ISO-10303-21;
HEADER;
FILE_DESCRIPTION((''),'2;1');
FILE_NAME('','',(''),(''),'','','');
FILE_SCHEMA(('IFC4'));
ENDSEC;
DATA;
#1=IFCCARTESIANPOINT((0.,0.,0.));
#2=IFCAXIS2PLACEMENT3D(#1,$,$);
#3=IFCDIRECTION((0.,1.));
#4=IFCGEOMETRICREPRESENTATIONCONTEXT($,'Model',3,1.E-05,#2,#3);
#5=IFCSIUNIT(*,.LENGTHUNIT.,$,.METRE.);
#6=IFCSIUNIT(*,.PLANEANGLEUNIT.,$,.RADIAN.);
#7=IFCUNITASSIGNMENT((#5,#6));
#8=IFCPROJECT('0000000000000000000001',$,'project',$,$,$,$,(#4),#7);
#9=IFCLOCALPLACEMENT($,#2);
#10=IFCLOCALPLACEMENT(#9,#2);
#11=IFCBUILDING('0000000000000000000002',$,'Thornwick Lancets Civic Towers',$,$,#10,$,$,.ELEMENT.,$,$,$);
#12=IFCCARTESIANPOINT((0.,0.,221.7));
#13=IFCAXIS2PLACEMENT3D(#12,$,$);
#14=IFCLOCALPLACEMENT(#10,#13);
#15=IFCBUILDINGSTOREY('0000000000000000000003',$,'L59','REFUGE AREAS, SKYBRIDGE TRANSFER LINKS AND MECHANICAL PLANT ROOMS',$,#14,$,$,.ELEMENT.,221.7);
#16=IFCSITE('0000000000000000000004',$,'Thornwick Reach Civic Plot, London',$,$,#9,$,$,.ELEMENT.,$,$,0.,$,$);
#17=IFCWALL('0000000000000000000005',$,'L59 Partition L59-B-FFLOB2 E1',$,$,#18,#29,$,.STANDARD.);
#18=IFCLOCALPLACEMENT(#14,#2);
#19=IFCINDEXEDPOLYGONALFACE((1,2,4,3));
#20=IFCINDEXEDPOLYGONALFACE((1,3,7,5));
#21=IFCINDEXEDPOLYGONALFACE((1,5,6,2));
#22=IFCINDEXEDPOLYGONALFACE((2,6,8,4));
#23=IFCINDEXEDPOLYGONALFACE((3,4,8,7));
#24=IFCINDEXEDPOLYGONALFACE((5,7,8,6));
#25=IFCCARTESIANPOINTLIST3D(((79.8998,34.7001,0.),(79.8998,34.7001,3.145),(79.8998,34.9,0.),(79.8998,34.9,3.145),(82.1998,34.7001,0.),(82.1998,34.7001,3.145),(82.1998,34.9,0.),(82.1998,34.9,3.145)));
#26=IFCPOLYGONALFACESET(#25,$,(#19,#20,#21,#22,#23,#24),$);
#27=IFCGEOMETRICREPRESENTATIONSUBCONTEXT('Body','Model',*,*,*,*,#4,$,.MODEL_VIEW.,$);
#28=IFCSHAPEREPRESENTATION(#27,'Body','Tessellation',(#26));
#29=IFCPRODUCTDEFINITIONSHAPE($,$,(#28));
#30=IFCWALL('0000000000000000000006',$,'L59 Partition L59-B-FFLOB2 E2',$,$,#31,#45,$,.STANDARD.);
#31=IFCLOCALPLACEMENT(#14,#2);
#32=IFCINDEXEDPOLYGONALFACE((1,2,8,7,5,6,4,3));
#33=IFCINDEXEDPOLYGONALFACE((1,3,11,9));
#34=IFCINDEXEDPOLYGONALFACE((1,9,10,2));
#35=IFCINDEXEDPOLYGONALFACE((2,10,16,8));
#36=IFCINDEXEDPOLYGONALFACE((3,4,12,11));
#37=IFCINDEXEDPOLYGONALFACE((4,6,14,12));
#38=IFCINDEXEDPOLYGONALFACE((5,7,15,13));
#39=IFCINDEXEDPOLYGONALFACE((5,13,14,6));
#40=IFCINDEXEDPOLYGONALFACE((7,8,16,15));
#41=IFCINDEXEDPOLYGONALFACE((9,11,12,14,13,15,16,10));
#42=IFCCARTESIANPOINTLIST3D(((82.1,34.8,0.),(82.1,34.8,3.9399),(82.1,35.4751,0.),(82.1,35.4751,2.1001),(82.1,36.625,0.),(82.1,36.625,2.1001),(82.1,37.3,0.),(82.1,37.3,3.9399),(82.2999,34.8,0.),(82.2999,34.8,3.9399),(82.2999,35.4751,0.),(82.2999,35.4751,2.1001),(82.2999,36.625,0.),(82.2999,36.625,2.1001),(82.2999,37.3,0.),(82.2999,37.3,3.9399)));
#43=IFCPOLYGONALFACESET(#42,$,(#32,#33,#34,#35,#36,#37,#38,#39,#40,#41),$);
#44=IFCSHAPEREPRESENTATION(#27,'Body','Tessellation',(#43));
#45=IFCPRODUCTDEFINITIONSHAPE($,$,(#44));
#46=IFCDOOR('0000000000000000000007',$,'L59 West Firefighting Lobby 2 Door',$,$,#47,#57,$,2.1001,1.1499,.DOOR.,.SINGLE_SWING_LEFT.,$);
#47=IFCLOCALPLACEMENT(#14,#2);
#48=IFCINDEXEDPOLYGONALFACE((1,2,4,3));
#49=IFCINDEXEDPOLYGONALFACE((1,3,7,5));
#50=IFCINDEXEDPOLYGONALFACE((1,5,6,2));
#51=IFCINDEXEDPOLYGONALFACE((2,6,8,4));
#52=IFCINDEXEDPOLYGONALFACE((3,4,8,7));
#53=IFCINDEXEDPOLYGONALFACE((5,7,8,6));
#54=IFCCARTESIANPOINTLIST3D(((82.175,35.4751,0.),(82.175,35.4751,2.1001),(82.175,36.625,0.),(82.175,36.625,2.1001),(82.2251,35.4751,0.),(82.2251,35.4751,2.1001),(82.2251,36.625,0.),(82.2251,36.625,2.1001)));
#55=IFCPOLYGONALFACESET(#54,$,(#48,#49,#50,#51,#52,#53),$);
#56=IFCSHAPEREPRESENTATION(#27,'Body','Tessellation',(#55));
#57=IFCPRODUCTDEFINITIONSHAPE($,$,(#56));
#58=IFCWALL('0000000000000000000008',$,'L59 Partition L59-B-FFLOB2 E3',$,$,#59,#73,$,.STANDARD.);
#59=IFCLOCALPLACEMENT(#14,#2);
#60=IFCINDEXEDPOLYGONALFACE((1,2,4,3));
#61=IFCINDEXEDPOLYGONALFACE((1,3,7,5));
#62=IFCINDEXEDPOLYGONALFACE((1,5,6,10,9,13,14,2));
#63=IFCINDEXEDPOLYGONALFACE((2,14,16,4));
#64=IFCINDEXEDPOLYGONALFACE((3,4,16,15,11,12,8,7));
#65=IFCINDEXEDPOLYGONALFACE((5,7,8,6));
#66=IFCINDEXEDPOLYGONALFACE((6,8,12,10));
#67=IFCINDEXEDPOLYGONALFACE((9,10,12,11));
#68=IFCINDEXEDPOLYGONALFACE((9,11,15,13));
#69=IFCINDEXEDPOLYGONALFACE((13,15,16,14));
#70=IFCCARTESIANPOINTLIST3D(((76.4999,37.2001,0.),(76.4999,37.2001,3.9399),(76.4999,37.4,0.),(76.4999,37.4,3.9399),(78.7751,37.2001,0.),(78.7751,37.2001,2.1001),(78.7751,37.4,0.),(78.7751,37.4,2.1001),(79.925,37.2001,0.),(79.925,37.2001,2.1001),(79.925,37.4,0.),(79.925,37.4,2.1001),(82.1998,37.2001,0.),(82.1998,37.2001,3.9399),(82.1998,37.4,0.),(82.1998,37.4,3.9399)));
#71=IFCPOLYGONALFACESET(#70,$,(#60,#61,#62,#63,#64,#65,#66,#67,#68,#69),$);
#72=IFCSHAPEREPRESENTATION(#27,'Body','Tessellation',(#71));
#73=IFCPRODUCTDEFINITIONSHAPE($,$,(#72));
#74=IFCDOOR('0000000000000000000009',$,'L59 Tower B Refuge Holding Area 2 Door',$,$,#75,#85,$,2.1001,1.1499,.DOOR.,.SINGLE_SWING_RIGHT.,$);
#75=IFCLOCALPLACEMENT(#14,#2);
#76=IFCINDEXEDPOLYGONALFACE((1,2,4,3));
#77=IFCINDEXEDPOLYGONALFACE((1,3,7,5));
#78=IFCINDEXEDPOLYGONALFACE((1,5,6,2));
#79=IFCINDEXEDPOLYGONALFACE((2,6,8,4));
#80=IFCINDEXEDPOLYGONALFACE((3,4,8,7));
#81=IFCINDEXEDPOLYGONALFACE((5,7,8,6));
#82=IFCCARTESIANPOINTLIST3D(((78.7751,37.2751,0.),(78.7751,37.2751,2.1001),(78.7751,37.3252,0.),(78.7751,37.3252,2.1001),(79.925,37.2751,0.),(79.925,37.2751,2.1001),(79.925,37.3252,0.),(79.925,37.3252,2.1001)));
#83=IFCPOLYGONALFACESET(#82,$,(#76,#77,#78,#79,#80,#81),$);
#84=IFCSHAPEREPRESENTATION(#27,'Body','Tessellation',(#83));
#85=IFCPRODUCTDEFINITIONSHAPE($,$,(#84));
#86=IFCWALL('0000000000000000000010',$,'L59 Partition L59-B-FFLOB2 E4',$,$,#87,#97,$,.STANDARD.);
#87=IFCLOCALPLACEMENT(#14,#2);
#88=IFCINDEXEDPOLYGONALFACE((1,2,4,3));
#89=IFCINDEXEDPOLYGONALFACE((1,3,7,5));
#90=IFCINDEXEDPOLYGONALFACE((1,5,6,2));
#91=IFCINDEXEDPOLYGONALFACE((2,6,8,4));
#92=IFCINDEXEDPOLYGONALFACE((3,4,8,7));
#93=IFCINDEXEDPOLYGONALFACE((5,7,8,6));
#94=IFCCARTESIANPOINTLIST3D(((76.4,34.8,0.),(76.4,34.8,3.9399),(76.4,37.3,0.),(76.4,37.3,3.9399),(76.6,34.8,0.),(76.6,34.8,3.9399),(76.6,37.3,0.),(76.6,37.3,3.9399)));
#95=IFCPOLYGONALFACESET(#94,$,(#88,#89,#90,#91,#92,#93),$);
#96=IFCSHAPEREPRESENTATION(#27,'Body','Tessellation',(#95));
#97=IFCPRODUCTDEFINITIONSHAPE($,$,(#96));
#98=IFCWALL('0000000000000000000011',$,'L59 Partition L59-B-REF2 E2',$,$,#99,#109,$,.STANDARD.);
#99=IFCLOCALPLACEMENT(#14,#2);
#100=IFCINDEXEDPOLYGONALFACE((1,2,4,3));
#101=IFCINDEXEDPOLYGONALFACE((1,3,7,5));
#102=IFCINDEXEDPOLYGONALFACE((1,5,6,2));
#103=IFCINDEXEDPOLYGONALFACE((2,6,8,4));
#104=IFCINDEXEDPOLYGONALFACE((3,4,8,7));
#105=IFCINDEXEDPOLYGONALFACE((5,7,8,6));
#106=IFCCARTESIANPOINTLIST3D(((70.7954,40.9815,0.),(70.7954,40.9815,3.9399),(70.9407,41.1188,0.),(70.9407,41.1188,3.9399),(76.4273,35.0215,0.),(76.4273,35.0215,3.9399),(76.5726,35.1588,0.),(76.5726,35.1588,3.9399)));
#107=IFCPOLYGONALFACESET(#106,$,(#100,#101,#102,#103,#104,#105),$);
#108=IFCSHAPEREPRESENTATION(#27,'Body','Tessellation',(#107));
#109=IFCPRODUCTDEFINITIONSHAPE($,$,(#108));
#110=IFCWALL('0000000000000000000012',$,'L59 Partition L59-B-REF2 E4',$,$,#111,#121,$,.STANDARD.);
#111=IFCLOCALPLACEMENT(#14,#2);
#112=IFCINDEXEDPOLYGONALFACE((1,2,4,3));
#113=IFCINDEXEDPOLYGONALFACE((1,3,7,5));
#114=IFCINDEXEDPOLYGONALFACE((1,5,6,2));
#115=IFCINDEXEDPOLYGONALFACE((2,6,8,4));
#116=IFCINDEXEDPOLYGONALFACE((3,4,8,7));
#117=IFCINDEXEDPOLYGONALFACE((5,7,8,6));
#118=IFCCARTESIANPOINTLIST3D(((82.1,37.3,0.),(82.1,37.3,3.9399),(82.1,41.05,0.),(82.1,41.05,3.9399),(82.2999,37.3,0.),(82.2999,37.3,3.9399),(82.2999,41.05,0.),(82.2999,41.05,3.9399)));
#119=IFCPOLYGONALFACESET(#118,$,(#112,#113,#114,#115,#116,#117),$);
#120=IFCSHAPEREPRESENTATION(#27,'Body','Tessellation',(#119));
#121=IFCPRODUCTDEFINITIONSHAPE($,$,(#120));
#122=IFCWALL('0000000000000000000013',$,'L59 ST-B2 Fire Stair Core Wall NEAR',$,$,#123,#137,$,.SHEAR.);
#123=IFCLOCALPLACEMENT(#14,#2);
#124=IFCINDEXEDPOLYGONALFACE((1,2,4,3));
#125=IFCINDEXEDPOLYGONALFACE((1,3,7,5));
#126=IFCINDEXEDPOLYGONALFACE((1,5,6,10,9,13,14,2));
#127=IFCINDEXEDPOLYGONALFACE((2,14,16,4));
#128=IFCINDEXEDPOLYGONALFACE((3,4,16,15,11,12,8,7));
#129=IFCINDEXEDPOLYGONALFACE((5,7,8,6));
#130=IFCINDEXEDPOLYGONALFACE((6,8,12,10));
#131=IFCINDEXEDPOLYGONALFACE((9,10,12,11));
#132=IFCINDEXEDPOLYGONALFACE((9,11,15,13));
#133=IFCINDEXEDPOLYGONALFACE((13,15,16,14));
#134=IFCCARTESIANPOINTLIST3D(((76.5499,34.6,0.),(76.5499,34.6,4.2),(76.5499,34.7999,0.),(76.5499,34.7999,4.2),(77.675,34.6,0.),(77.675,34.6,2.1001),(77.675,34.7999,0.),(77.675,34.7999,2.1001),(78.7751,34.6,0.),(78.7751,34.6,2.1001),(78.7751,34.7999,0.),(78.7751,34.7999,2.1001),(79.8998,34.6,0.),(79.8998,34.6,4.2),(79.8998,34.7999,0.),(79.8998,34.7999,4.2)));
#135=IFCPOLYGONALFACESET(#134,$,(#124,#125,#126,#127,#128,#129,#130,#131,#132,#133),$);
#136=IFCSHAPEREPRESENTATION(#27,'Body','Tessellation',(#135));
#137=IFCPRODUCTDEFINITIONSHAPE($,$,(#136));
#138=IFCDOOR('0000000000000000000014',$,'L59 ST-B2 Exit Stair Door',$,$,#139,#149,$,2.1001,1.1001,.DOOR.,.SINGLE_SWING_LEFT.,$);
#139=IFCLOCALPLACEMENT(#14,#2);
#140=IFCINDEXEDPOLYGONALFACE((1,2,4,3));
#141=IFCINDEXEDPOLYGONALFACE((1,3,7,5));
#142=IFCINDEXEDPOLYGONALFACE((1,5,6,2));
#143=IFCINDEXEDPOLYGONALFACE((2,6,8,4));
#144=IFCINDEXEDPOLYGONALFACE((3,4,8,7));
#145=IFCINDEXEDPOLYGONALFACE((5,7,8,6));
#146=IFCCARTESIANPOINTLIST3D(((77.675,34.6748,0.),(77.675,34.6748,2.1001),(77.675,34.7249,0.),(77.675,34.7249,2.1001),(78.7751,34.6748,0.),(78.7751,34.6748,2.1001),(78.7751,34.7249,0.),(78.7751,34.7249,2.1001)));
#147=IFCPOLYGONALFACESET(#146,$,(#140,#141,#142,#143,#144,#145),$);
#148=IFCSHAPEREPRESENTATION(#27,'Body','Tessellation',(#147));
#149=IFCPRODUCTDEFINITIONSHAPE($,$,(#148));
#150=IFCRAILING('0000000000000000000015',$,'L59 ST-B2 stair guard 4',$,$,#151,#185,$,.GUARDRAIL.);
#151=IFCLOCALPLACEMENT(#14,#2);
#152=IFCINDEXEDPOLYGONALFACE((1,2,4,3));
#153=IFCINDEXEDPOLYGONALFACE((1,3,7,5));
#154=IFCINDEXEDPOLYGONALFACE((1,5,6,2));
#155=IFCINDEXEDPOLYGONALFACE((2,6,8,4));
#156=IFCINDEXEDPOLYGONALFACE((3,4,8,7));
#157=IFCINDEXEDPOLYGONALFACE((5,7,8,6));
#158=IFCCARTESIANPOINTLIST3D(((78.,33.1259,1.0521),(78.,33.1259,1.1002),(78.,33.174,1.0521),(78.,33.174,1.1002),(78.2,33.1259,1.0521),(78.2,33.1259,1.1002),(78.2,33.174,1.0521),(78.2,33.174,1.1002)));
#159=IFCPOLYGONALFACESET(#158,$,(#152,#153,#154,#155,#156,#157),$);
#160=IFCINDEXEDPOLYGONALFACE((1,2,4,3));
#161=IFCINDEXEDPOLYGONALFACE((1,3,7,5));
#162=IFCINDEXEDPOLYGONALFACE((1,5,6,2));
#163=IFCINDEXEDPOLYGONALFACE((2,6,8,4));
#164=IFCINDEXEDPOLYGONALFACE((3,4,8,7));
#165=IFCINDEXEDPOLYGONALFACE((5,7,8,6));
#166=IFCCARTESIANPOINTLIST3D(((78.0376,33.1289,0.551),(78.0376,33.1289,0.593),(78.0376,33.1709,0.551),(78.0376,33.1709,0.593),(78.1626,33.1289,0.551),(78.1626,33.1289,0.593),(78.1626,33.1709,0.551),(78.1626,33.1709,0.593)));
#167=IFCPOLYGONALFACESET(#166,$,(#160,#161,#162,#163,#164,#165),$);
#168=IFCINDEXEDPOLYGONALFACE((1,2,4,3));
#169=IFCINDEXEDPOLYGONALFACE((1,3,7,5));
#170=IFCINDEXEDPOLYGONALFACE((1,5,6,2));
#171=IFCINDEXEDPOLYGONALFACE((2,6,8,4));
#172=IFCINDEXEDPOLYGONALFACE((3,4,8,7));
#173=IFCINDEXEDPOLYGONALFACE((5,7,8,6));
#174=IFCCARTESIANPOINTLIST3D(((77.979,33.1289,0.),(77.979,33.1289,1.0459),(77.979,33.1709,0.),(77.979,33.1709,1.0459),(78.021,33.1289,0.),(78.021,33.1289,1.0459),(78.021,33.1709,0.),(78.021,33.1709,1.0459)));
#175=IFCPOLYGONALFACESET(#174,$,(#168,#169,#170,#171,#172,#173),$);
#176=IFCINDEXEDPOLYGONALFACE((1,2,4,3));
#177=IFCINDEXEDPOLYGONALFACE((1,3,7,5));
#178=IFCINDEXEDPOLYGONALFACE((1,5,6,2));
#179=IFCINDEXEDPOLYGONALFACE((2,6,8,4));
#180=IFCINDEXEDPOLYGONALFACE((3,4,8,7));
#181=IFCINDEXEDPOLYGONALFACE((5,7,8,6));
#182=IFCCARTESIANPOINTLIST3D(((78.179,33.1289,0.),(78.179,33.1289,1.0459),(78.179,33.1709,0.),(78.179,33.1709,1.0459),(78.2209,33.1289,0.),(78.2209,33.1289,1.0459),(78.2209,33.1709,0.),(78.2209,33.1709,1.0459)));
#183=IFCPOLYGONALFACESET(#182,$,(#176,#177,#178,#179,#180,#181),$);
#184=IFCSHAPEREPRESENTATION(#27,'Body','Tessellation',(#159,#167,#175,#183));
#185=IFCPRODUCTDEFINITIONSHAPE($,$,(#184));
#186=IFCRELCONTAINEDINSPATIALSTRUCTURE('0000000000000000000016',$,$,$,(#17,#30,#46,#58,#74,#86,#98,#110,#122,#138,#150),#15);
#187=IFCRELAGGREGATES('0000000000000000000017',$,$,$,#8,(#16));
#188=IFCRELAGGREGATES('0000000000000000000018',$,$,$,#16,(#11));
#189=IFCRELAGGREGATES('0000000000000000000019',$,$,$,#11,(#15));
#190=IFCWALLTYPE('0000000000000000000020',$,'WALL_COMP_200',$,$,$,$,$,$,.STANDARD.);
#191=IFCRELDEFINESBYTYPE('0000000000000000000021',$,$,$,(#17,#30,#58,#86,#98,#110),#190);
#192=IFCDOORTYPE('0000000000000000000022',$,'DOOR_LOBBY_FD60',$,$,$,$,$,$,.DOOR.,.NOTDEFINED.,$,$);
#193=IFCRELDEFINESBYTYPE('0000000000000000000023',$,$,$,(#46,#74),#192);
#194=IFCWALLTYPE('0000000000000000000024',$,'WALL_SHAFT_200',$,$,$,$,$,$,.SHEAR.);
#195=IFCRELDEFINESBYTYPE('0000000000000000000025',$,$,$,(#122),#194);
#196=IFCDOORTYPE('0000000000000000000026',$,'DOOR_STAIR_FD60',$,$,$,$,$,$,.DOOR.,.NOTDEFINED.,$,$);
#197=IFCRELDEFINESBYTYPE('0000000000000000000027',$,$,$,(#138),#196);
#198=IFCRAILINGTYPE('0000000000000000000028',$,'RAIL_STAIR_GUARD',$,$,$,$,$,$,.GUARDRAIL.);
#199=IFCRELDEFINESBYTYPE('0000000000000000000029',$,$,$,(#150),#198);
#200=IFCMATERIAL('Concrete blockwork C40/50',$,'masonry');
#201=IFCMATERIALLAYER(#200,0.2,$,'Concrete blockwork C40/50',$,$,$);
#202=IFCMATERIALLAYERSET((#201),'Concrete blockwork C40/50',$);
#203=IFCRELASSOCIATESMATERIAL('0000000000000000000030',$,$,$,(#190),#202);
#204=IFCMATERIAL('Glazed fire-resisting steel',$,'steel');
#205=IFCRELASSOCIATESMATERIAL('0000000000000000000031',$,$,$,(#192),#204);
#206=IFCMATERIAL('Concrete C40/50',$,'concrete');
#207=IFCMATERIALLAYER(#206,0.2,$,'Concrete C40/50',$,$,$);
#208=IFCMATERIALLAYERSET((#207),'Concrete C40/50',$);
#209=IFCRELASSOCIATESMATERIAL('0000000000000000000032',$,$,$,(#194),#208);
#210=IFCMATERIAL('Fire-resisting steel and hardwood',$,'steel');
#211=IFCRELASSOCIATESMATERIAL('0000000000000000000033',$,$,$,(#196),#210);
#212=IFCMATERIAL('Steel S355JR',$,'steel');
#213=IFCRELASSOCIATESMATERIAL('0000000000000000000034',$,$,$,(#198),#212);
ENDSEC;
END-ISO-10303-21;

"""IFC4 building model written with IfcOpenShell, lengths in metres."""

from ifc_helpers import new_model, si_unit, direction, frame, frame_2d, origin, origin_2d, place, context, subcontext, project, spatial, rectangle, extrude, material, layer, layer_set, type_object, element, fill, save


model = new_model("IFC4")

# Units and contexts
model_context = context("Model", 3, precision=1e-05, world=origin(), true_north=direction((0.0, 1.0)))
body_context = subcontext(model_context, "Body", "Model", "MODEL_VIEW")
ifc_project = project(units=[si_unit("LENGTHUNIT", "METRE"), si_unit("PLANEANGLEUNIT", "RADIAN")], contexts=[model_context])

# Site, building, storey
site_placement = place(None, origin())
site = spatial("IfcSite", under=ifc_project, at=site_placement, Name="Thornwick Reach Civic Plot, London", CompositionType="ELEMENT", RefElevation=0.0)
building_placement = place(site_placement, origin())
building = spatial("IfcBuilding", under=site, at=building_placement, Name="Thornwick Lancets Civic Towers", CompositionType="ELEMENT")
storey_placement = place(building_placement, frame((0.0, 0.0, 221.7)))
storey = spatial("IfcBuildingStorey", under=building, at=storey_placement, Name="L59", Description="REFUGE AREAS, SKYBRIDGE TRANSFER LINKS AND MECHANICAL PLANT ROOMS", CompositionType="ELEMENT", Elevation=221.7)

# Shared definitions
ifc_material_1 = material(Name="Steel S355JR", Category="steel")

# Wall
ifc_material_2 = material(Name="Concrete blockwork C40/50", Category="masonry")
ifc_layer_1 = layer(ifc_material_2, 0.2, Name="Concrete blockwork C40/50")
ifc_layer_set_1 = layer_set([ifc_layer_1], Name="Concrete blockwork C40/50")
wall_type_1 = type_object("IfcWallType", Name="WALL_COMP_200", PredefinedType="STANDARD", material=ifc_layer_set_1)
wall_1_placement = place(storey_placement, frame((79.8999, 34.8, 0.0), z_axis=(0.0, 0.0, 1.0), x_axis=(1.0, 0.0, 0.0)))
element("IfcWall", 1, at=wall_1_placement, inside=storey, type_object=wall_type_1, Name="L59 Partition L59-B-FFLOB2 E1", PredefinedType="STANDARD", context=body_context, shape_type="SweptSolid", body=[
    extrude(rectangle(XDim=2.3, YDim=0.2, at=frame_2d((1.1499, 0.0))), origin(), (0.0, 0.0, 1.0), 3.145),
])

# Walls, openings, doors
wall_2_placement = place(storey_placement, frame((82.2, 34.8, 0.0), z_axis=(0.0, 0.0, 1.0), x_axis=(0.0, 1.0, 0.0)))
wall_2 = element("IfcWall", 2, at=wall_2_placement, inside=storey, type_object=wall_type_1, Name="L59 Partition L59-B-FFLOB2 E2", PredefinedType="STANDARD", context=body_context, shape_type="SweptSolid", body=[
    extrude(rectangle(XDim=2.5, YDim=0.2, at=frame_2d((1.25, 0.0))), origin(), (0.0, 0.0, 1.0), 3.9399),
])
opening_1_placement = place(wall_2_placement, frame((0.675, 0.0, 0.0)))
opening_1 = element("IfcOpeningElement", 3, at=opening_1_placement, cuts=wall_2, PredefinedType="OPENING", context=body_context, shape_type="SweptSolid", body=[
    extrude(rectangle(XDim=1.1499, YDim=2.1001, at=frame_2d((0.575, 1.05))), frame((0.0, 0.1099, 0.0), z_axis=(0.0, -1.0, 0.0), x_axis=(1.0, 0.0, 0.0)), (0.0, 0.0, 1.0), 0.22),
])
ifc_material_3 = material(Name="Glazed fire-resisting steel", Category="steel")
door_type_1 = type_object("IfcDoorType", Name="DOOR_LOBBY_FD60", OperationType="NOTDEFINED", PredefinedType="DOOR", material=ifc_material_3)
door_1_placement = place(opening_1_placement, origin())
door_1 = element("IfcDoor", 4, at=door_1_placement, inside=storey, type_object=door_type_1, Name="L59 West Firefighting Lobby 2 Door", OperationType="SINGLE_SWING_LEFT", OverallHeight=2.1001, OverallWidth=1.1499, PredefinedType="DOOR", context=body_context, shape_type="SweptSolid", body=[
    extrude(rectangle(XDim=1.1499, YDim=2.1001, at=frame_2d((0.575, 1.05))), frame((0.0, 0.0249, 0.0), z_axis=(0.0, -1.0, 0.0), x_axis=(1.0, 0.0, 0.0)), (0.0, 0.0, 1.0), 0.05),
])
fill(opening_1, door_1)
wall_3_placement = place(storey_placement, frame((82.2, 37.3, 0.0), z_axis=(0.0, 0.0, 1.0), x_axis=(-1.0, 0.0, 0.0)))
wall_3 = element("IfcWall", 5, at=wall_3_placement, inside=storey, type_object=wall_type_1, Name="L59 Partition L59-B-FFLOB2 E3", PredefinedType="STANDARD", context=body_context, shape_type="SweptSolid", body=[
    extrude(rectangle(XDim=5.7, YDim=0.2, at=frame_2d((2.8501, 0.0))), origin(), (0.0, 0.0, 1.0), 3.9399),
])
opening_2_placement = place(wall_3_placement, frame((2.2749, 0.0, 0.0)))
opening_2 = element("IfcOpeningElement", 6, at=opening_2_placement, cuts=wall_3, PredefinedType="OPENING", context=body_context, shape_type="SweptSolid", body=[
    extrude(rectangle(XDim=1.1499, YDim=2.1001, at=frame_2d((0.575, 1.05))), frame((0.0, 0.1099, 0.0), z_axis=(0.0, -1.0, 0.0), x_axis=(1.0, 0.0, 0.0)), (0.0, 0.0, 1.0), 0.22),
])
door_2_placement = place(opening_2_placement, origin())
door_2 = element("IfcDoor", 7, at=door_2_placement, inside=storey, type_object=door_type_1, Name="L59 Tower B Refuge Holding Area 2 Door", OperationType="SINGLE_SWING_RIGHT", OverallHeight=2.1001, OverallWidth=1.1499, PredefinedType="DOOR", context=body_context, shape_type="SweptSolid", body=[
    extrude(rectangle(XDim=1.1499, YDim=2.1001, at=frame_2d((0.575, 1.05))), frame((0.0, 0.0249, 0.0), z_axis=(0.0, -1.0, 0.0), x_axis=(1.0, 0.0, 0.0)), (0.0, 0.0, 1.0), 0.05),
])
fill(opening_2, door_2)

# Walls
wall_4_placement = place(storey_placement, frame((76.5, 37.3, 0.0), z_axis=(0.0, 0.0, 1.0), x_axis=(0.0, -1.0, 0.0)))
element("IfcWall", 8, at=wall_4_placement, inside=storey, type_object=wall_type_1, Name="L59 Partition L59-B-FFLOB2 E4", PredefinedType="STANDARD", context=body_context, shape_type="SweptSolid", body=[
    extrude(rectangle(XDim=2.5, YDim=0.2, at=frame_2d((1.25, 0.0))), origin(), (0.0, 0.0, 1.0), 3.9399),
])
wall_5_placement = place(storey_placement, frame((76.5, 35.0901, 0.0), z_axis=(0.0, 0.0, 1.0), x_axis=(-0.686816, 0.726831, 0.0)))
element("IfcWall", 9, at=wall_5_placement, inside=storey, type_object=wall_type_1, Name="L59 Partition L59-B-REF2 E2", PredefinedType="STANDARD", context=body_context, shape_type="SweptSolid", body=[
    extrude(rectangle(XDim=8.2, YDim=0.2, at=frame_2d((4.1001, 0.0))), origin(), (0.0, 0.0, 1.0), 3.9399),
])
wall_6_placement = place(storey_placement, frame((82.2, 41.05, 0.0), z_axis=(0.0, 0.0, 1.0), x_axis=(0.0, -1.0, 0.0)))
element("IfcWall", 10, at=wall_6_placement, inside=storey, type_object=wall_type_1, Name="L59 Partition L59-B-REF2 E4", PredefinedType="STANDARD", context=body_context, shape_type="SweptSolid", body=[
    extrude(rectangle(XDim=3.75, YDim=0.2, at=frame_2d((1.875, 0.0))), origin(), (0.0, 0.0, 1.0), 3.9399),
])

# Wall, opening, door
ifc_material_4 = material(Name="Concrete C40/50", Category="concrete")
ifc_layer_2 = layer(ifc_material_4, 0.2, Name="Concrete C40/50")
ifc_layer_set_2 = layer_set([ifc_layer_2], Name="Concrete C40/50")
wall_type_2 = type_object("IfcWallType", Name="WALL_SHAFT_200", PredefinedType="SHEAR", material=ifc_layer_set_2)
wall_7_placement = place(storey_placement, frame((76.55, 34.7, 0.0), z_axis=(0.0, 0.0, 1.0), x_axis=(1.0, 0.0, 0.0)))
wall_7 = element("IfcWall", 11, at=wall_7_placement, inside=storey, type_object=wall_type_2, Name="L59 ST-B2 Fire Stair Core Wall NEAR", PredefinedType="SHEAR", context=body_context, shape_type="SweptSolid", body=[
    extrude(rectangle(XDim=3.3499, YDim=0.2, at=frame_2d((1.6748, 0.0))), origin(), (0.0, 0.0, 1.0), 4.2),
])
opening_3_placement = place(wall_7_placement, frame((1.125, 0.0, 0.0)))
opening_3 = element("IfcOpeningElement", 12, at=opening_3_placement, cuts=wall_7, PredefinedType="OPENING", context=body_context, shape_type="SweptSolid", body=[
    extrude(rectangle(XDim=1.1001, YDim=2.1001, at=frame_2d((0.55, 1.05))), frame((0.0, 0.1099, 0.0), z_axis=(0.0, -1.0, 0.0), x_axis=(1.0, 0.0, 0.0)), (0.0, 0.0, 1.0), 0.22),
])
ifc_material_5 = material(Name="Fire-resisting steel and hardwood", Category="steel")
door_type_2 = type_object("IfcDoorType", Name="DOOR_STAIR_FD60", OperationType="NOTDEFINED", PredefinedType="DOOR", material=ifc_material_5)
door_3_placement = place(opening_3_placement, origin())
door_3 = element("IfcDoor", 13, at=door_3_placement, inside=storey, type_object=door_type_2, Name="L59 ST-B2 Exit Stair Door", OperationType="SINGLE_SWING_LEFT", OverallHeight=2.1001, OverallWidth=1.1001, PredefinedType="DOOR", context=body_context, shape_type="SweptSolid", body=[
    extrude(rectangle(XDim=1.1001, YDim=2.1001, at=frame_2d((0.55, 1.05))), frame((0.0, 0.0249, 0.0), z_axis=(0.0, -1.0, 0.0), x_axis=(1.0, 0.0, 0.0)), (0.0, 0.0, 1.0), 0.05),
])
fill(opening_3, door_3)

# Railing
railing_type = type_object("IfcRailingType", Name="RAIL_STAIR_GUARD", PredefinedType="GUARDRAIL", material=ifc_material_1)
railing_placement = place(storey_placement, frame((78.0, 33.1499, 0.0)))
element("IfcRailing", 14, at=railing_placement, inside=storey, type_object=railing_type, Name="L59 ST-B2 stair guard 4", PredefinedType="GUARDRAIL", context=body_context, shape_type="SweptSolid", body=[
    extrude(rectangle(XDim=0.0481, YDim=0.0481, at=origin_2d()), frame((0.0, 0.0, 1.0762), z_axis=(1.0, 0.0, 0.0), x_axis=(0.0, 1.0, 0.0)), (0.0, 0.0, 1.0), 0.2),
    extrude(rectangle(XDim=0.042, YDim=0.042, at=origin_2d()), frame((0.0376, 0.0, 0.572), z_axis=(1.0, 0.0, 0.0), x_axis=(0.0, 1.0, 0.0)), (0.0, 0.0, 1.0), 0.125),
    extrude(rectangle(XDim=0.042, YDim=0.042, at=origin_2d()), origin(), (0.0, 0.0, 1.0), 1.0459),
    extrude(rectangle(XDim=0.042, YDim=0.042, at=origin_2d()), frame((0.2, 0.0, 0.0)), (0.0, 0.0, 1.0), 1.0459),
])

save(model, "model.ifc")
